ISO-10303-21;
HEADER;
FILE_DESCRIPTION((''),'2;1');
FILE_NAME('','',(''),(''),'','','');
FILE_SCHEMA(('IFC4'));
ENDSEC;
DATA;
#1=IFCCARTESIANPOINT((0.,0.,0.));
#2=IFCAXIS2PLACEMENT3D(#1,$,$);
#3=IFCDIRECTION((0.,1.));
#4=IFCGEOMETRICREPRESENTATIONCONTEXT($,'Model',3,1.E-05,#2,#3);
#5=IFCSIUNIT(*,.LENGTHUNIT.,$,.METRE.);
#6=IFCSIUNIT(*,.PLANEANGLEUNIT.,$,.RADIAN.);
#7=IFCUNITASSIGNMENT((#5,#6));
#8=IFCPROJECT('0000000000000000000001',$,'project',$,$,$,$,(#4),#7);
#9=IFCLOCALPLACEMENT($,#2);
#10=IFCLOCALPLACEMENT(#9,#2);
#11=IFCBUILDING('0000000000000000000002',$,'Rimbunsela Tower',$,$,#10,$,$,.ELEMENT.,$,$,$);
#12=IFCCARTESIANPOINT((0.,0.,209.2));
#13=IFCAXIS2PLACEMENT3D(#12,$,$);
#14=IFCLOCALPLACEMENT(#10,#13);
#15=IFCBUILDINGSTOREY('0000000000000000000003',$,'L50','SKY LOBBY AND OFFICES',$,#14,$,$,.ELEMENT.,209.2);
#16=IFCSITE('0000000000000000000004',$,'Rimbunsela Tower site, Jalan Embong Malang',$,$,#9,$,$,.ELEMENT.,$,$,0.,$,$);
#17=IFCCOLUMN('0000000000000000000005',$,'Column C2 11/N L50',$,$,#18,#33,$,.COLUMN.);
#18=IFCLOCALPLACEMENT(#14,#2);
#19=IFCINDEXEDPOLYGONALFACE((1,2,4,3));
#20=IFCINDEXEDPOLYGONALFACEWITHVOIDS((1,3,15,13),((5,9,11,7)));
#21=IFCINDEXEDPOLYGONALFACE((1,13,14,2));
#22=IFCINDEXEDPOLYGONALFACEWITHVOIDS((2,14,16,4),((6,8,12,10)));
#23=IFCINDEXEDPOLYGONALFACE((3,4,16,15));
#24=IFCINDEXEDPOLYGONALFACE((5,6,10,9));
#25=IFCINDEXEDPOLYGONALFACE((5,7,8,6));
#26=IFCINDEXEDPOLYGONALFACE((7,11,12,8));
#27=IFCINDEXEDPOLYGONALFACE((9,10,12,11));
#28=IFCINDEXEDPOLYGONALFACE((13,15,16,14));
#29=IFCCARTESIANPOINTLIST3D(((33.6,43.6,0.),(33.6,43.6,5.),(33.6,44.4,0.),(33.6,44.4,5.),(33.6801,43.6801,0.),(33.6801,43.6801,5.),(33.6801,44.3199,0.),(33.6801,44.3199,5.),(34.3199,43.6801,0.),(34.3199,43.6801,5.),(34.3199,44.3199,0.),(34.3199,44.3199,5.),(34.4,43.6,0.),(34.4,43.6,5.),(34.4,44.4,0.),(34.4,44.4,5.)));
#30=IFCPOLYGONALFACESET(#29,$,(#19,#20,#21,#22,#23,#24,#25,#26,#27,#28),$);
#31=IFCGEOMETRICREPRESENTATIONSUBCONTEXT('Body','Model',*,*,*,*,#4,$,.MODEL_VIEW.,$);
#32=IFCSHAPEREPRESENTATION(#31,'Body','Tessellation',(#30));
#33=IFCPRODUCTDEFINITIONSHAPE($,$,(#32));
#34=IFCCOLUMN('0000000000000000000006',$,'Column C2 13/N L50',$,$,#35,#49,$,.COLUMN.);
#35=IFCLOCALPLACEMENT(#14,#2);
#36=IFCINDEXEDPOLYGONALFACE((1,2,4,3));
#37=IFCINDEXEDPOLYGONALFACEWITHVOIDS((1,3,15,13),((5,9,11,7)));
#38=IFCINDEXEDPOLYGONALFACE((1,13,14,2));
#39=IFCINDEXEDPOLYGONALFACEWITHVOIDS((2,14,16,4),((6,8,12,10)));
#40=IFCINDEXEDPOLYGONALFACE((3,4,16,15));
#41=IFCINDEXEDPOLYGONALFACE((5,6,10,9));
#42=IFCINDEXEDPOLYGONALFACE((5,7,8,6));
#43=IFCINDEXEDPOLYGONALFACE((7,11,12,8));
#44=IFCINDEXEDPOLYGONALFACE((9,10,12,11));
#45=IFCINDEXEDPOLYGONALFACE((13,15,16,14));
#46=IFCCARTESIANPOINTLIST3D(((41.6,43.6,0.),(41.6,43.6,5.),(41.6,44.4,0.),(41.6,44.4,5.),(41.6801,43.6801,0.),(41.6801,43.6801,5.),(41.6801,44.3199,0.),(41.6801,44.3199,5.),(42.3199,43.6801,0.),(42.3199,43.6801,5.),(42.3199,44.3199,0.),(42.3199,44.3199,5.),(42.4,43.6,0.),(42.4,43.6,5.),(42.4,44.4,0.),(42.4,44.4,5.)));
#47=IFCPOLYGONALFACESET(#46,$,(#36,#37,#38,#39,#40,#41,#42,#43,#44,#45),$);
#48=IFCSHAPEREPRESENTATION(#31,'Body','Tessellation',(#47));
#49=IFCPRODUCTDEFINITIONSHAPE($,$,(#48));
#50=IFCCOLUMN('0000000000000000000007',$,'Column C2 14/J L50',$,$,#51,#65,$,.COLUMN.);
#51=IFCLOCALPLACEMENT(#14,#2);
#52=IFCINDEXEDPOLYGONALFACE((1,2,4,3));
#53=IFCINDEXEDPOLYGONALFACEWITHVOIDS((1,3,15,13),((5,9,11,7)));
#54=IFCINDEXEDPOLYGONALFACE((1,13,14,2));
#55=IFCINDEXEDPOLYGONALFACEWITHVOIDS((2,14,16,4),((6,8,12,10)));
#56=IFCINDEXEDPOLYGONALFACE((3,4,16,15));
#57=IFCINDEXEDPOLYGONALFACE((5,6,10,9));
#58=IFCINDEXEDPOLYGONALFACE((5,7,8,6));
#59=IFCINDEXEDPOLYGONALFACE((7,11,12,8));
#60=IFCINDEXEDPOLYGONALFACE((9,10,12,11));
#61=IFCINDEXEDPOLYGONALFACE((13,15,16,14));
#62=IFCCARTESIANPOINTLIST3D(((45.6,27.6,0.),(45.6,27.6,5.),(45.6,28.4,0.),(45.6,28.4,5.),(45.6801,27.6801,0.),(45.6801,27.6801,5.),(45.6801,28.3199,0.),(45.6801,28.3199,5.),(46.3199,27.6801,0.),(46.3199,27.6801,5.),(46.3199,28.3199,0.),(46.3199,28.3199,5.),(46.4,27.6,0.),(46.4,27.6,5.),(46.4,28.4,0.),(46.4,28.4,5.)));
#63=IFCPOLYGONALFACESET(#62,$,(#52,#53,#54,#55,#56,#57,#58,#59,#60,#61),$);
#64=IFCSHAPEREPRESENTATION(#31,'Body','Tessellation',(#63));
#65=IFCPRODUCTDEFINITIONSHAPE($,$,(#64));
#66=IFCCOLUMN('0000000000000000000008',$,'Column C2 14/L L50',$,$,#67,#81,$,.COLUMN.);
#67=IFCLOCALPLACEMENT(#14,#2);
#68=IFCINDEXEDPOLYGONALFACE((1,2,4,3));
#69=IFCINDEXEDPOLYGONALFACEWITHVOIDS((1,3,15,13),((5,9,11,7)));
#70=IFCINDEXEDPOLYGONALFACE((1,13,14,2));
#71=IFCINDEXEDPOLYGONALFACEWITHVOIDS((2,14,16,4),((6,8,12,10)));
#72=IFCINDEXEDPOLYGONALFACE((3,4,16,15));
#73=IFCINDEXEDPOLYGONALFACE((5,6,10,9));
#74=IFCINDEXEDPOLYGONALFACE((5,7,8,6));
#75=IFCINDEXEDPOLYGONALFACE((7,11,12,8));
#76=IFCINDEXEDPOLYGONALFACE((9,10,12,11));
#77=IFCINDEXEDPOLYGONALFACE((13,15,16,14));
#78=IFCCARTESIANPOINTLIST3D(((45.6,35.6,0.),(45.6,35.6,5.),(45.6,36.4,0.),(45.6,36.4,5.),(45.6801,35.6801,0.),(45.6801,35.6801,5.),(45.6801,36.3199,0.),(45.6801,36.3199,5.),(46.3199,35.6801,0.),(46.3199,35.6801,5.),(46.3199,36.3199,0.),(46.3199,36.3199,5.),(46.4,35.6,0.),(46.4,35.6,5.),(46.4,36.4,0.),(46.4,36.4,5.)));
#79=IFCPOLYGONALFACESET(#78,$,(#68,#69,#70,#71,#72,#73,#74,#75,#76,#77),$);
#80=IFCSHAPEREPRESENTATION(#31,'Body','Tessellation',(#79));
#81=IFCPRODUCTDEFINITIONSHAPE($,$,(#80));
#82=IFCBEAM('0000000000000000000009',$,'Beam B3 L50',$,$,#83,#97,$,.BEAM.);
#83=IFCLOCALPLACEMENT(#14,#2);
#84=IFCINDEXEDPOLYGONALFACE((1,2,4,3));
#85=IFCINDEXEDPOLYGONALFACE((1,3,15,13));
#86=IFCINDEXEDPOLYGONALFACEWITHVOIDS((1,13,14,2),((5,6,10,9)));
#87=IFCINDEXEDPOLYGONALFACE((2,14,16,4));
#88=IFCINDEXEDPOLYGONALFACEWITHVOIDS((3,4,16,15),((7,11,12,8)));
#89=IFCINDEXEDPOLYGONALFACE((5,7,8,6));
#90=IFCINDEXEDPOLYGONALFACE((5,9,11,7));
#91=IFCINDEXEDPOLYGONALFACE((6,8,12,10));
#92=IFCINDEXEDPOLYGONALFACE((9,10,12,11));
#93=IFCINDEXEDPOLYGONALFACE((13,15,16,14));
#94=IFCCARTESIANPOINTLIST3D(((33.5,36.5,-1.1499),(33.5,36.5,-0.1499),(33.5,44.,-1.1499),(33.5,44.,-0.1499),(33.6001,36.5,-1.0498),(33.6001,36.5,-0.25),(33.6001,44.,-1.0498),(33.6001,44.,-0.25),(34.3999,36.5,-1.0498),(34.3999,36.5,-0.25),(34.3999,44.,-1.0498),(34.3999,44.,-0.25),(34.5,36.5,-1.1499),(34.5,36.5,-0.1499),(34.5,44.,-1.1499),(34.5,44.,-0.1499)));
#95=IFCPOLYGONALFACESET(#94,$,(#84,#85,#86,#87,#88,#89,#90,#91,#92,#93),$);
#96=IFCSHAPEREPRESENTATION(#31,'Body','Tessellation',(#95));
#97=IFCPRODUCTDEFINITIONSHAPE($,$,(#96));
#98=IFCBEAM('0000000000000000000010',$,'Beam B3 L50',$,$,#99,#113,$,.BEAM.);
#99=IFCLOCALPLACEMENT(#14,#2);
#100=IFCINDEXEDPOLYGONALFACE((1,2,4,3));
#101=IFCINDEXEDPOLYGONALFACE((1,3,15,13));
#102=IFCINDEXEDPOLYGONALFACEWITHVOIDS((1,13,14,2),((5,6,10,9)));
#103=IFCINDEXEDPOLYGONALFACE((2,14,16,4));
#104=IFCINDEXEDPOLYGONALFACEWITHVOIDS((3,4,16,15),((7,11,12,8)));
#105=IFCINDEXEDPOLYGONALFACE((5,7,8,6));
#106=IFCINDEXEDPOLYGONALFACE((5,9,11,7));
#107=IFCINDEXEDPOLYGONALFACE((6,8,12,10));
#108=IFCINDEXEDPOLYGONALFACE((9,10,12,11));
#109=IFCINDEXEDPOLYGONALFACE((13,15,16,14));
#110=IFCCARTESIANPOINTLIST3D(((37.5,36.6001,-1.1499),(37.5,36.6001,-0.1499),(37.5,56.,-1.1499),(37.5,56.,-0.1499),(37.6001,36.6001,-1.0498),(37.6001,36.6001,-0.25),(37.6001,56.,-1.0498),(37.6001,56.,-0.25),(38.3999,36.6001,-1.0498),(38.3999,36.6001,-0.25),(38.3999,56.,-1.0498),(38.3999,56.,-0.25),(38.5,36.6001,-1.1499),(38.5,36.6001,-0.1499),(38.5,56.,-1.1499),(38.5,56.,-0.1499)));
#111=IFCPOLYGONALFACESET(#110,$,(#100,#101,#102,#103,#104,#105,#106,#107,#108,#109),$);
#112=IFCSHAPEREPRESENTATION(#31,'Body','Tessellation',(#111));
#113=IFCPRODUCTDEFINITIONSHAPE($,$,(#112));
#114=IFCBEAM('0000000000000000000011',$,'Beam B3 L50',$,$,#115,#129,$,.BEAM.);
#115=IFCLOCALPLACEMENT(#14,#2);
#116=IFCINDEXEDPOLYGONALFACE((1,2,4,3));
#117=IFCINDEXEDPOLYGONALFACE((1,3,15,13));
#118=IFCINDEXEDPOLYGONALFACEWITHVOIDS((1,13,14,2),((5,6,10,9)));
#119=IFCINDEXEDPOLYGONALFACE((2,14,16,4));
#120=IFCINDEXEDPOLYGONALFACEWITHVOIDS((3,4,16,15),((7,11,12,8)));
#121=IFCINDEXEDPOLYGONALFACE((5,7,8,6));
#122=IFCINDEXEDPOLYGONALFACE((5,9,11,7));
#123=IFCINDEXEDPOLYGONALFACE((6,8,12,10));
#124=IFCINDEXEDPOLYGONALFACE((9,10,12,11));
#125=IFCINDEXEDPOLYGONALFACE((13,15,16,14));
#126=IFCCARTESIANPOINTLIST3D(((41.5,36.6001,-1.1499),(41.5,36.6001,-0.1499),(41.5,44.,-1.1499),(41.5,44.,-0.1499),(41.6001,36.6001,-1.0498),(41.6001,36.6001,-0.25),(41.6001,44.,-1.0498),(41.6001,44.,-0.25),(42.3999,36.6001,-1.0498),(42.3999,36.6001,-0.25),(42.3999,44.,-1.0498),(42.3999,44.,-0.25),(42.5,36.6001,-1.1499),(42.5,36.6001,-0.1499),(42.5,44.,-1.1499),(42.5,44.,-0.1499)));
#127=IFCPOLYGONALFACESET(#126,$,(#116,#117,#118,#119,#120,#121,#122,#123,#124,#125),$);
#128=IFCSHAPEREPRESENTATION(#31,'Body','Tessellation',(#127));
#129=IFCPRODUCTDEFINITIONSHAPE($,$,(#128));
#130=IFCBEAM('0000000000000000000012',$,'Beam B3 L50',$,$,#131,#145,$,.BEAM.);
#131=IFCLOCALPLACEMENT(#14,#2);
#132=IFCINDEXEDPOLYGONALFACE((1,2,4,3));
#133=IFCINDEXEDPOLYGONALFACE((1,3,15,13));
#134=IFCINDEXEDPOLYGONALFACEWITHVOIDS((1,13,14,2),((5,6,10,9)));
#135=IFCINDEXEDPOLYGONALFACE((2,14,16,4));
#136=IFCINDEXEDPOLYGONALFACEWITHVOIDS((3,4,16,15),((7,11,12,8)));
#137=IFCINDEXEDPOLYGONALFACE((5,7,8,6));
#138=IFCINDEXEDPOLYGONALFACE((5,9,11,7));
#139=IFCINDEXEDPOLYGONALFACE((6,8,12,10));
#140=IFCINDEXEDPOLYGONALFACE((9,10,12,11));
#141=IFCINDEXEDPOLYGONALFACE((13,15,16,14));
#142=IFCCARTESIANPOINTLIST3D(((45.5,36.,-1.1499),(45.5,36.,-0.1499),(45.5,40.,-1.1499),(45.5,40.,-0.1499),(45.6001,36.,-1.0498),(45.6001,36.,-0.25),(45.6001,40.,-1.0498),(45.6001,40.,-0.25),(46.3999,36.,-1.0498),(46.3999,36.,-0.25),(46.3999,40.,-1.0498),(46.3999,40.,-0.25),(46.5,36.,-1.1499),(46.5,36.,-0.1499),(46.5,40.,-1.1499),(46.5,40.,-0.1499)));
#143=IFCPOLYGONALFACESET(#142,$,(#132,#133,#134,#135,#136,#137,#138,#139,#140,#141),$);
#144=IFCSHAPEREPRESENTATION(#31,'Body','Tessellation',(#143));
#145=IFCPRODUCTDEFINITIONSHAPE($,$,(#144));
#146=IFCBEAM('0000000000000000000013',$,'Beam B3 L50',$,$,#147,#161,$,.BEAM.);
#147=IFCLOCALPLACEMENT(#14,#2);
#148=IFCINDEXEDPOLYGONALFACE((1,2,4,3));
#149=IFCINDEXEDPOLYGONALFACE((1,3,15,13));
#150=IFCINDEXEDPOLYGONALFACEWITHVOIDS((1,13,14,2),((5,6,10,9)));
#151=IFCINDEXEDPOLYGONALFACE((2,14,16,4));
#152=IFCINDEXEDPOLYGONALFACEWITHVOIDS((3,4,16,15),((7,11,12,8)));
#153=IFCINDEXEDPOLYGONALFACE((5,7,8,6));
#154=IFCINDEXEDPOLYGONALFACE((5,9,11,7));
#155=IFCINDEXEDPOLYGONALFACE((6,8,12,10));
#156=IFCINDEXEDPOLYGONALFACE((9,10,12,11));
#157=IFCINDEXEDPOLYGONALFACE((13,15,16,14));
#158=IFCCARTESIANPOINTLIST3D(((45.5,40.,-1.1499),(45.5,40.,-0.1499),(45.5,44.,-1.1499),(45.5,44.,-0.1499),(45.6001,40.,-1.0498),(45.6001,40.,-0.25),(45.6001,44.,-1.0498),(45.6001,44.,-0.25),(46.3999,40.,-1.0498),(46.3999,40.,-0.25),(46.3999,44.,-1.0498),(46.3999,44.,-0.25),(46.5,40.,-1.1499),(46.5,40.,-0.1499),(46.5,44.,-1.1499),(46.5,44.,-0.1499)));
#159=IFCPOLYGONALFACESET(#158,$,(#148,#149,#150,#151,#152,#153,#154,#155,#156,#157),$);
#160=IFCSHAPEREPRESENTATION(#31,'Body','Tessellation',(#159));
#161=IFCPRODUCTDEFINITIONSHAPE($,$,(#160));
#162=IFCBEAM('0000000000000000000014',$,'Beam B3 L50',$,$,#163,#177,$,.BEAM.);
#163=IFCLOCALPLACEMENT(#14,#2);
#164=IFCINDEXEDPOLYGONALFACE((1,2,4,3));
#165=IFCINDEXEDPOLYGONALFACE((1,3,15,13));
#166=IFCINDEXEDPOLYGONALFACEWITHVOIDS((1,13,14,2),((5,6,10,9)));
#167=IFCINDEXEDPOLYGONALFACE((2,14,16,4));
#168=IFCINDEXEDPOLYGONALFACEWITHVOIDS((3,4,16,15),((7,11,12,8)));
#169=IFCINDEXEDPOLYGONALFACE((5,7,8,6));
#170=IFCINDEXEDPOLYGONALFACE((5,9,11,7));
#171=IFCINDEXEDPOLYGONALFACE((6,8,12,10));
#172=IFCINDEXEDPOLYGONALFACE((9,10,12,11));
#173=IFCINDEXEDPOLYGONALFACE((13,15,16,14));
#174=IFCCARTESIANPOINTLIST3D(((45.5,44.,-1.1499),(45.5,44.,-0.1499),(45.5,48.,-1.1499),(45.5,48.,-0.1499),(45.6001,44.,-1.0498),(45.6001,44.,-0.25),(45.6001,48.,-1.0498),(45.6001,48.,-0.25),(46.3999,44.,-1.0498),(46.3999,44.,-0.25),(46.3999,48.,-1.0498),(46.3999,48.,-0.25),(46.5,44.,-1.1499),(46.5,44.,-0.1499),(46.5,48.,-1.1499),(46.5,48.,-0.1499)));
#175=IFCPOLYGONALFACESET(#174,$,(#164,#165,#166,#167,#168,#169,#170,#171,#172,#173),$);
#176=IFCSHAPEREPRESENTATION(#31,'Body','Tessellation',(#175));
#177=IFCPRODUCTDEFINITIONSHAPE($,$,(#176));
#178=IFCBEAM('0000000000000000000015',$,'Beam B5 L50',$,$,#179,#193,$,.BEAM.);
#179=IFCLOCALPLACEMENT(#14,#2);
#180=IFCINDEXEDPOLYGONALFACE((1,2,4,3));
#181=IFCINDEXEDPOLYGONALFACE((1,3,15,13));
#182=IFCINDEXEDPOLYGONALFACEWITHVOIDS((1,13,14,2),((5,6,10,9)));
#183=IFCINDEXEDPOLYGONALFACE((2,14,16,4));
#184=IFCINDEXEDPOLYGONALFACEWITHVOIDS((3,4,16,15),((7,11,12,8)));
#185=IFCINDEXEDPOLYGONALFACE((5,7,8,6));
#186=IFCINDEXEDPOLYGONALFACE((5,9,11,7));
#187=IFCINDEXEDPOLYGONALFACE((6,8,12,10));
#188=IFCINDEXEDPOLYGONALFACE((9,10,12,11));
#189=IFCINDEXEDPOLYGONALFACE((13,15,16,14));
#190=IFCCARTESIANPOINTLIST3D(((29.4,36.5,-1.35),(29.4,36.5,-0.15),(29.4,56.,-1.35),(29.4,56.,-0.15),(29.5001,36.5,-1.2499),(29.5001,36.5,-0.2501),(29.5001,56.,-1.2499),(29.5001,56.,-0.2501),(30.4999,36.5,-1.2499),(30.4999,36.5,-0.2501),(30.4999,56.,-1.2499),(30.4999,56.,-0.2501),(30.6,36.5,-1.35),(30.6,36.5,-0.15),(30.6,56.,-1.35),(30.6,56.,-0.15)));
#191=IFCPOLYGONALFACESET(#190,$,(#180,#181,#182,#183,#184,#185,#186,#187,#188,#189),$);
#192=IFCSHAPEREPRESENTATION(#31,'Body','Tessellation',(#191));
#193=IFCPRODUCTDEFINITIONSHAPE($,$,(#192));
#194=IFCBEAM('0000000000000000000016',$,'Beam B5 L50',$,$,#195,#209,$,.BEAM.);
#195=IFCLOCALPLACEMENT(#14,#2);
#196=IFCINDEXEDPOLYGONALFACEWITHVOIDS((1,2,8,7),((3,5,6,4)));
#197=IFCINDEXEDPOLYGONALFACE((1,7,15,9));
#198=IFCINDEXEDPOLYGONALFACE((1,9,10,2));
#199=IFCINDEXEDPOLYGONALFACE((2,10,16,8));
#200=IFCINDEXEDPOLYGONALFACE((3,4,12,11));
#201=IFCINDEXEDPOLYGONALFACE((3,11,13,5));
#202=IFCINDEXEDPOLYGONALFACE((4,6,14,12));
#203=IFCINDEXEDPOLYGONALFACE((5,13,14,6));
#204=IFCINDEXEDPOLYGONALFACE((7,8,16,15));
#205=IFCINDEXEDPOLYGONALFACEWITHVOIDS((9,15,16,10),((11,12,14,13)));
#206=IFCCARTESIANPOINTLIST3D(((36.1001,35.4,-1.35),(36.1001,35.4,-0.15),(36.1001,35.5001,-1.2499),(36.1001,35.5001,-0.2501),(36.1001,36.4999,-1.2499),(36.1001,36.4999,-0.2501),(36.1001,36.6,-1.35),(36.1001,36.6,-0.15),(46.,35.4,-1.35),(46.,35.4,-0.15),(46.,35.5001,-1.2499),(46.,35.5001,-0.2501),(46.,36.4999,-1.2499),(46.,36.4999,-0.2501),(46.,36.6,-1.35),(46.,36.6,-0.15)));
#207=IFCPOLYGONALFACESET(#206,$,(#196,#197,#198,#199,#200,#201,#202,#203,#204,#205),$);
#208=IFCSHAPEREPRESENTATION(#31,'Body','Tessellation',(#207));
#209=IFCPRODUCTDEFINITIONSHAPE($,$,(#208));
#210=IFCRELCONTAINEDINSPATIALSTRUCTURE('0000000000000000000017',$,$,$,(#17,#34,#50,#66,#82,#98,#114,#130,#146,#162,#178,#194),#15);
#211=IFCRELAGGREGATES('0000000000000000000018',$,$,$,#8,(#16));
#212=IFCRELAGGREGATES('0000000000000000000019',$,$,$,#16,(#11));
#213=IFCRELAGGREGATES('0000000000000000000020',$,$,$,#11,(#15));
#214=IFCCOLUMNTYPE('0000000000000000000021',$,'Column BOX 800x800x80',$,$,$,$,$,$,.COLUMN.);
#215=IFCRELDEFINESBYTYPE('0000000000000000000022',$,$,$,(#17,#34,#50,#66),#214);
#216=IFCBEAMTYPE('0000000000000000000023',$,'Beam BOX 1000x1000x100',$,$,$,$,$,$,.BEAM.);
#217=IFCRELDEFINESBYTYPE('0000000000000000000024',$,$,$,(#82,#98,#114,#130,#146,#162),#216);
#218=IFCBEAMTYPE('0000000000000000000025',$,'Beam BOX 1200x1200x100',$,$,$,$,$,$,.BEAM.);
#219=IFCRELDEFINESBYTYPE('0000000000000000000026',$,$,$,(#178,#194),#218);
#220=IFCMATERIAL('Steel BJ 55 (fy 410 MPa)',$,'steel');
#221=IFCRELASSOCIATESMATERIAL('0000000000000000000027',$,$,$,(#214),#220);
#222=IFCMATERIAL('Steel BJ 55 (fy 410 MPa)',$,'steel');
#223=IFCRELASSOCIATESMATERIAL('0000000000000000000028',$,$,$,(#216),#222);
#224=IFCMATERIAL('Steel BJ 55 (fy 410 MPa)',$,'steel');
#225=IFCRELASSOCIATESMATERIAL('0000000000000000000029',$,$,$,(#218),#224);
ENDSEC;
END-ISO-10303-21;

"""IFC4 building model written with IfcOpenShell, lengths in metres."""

from ifc_helpers import new_model, si_unit, direction, frame, origin, origin_2d, place, context, subcontext, project, spatial, hollow_rectangle, extrude, material, material_profile, profile_set, type_object, element, save


model = new_model("IFC4")

# Units and contexts
model_context = context("Model", 3, precision=1e-05, world=origin(), true_north=direction((0.0, 1.0)))
body_context = subcontext(model_context, "Body", "Model", "MODEL_VIEW")
ifc_project = project(units=[si_unit("LENGTHUNIT", "METRE"), si_unit("PLANEANGLEUNIT", "RADIAN")], contexts=[model_context])

# Site, building, storey
site_placement = place(None, origin())
site = spatial("IfcSite", under=ifc_project, at=site_placement, Name="Rimbunsela Tower site, Jalan Embong Malang", CompositionType="ELEMENT", RefElevation=0.0)
building_placement = place(site_placement, origin())
building = spatial("IfcBuilding", under=site, at=building_placement, Name="Rimbunsela Tower", CompositionType="ELEMENT")
storey_placement = place(building_placement, frame((0.0, 0.0, 209.2)))
storey = spatial("IfcBuildingStorey", under=building, at=storey_placement, Name="L50", Description="SKY LOBBY AND OFFICES", CompositionType="ELEMENT", Elevation=209.2)

# Columns
ifc_material_1 = material(Name="Steel BJ 55 (fy 410 MPa)", Category="steel")
ifc_material_profile_1 = material_profile(ifc_material_1, hollow_rectangle(XDim=0.8, YDim=0.8, WallThickness=0.0801, at=origin_2d()), Name="BOX 800x800x80")
ifc_profile_set_1 = profile_set([ifc_material_profile_1], Name="Steel BJ 55 (fy 410 MPa)")
column_type = type_object("IfcColumnType", Name="Column BOX 800x800x80", PredefinedType="COLUMN", material=ifc_profile_set_1)
for number, where, z_axis, x_axis, name in (
    (1, (34.0, 44.0, 0.0), (0.0, 0.0, 1.0), (1.0, 0.0, 0.0), "Column C2 11/N L50"),
    (2, (42.0, 44.0, 0.0), (0.0, 0.0, 1.0), (1.0, 0.0, 0.0), "Column C2 13/N L50"),
    (3, (46.0, 28.0, 0.0), (0.0, 0.0, 1.0), (1.0, 0.0, 0.0), "Column C2 14/J L50"),
    (4, (46.0, 36.0, 0.0), (0.0, 0.0, 1.0), (1.0, 0.0, 0.0), "Column C2 14/L L50"),
):
    element("IfcColumn", number, at=place(storey_placement, frame(where, z_axis=z_axis, x_axis=x_axis)), inside=storey, type_object=column_type, Name=name, PredefinedType="COLUMN", context=body_context, shape_type="SweptSolid", body=[
        extrude(hollow_rectangle(XDim=0.8, YDim=0.8, WallThickness=0.0801, at=origin_2d()), origin(), (0.0, 0.0, 1.0), 5.0),
    ])

# Beams
ifc_material_2 = material(Name="Steel BJ 55 (fy 410 MPa)", Category="steel")
ifc_material_profile_2 = material_profile(ifc_material_2, hollow_rectangle(XDim=1.0, YDim=1.0, WallThickness=0.1001, at=origin_2d()), Name="BOX 1000x1000x100")
ifc_profile_set_2 = profile_set([ifc_material_profile_2], Name="Steel BJ 55 (fy 410 MPa)")
beam_type_1 = type_object("IfcBeamType", Name="Beam BOX 1000x1000x100", PredefinedType="BEAM", material=ifc_profile_set_2)
beam_1_placement = place(storey_placement, frame((34.0, 36.5, -0.6499), z_axis=(0.0, 1.0, 0.0), x_axis=(-1.0, 0.0, 0.0)))
element("IfcBeam", 5, at=beam_1_placement, inside=storey, type_object=beam_type_1, Name="Beam B3 L50", PredefinedType="BEAM", context=body_context, shape_type="SweptSolid", body=[
    extrude(hollow_rectangle(XDim=1.0, YDim=1.0, WallThickness=0.1001, at=origin_2d()), origin(), (0.0, 0.0, 1.0), 7.5),
])
beam_2_placement = place(storey_placement, frame((38.0, 36.6001, -0.6499), z_axis=(0.0, 1.0, 0.0), x_axis=(-1.0, 0.0, 0.0)))
element("IfcBeam", 6, at=beam_2_placement, inside=storey, type_object=beam_type_1, Name="Beam B3 L50", PredefinedType="BEAM", context=body_context, shape_type="SweptSolid", body=[
    extrude(hollow_rectangle(XDim=1.0, YDim=1.0, WallThickness=0.1001, at=origin_2d()), origin(), (0.0, 0.0, 1.0), 19.3999),
])
beam_3_placement = place(storey_placement, frame((42.0, 36.6001, -0.6499), z_axis=(0.0, 1.0, 0.0), x_axis=(-1.0, 0.0, 0.0)))
element("IfcBeam", 7, at=beam_3_placement, inside=storey, type_object=beam_type_1, Name="Beam B3 L50", PredefinedType="BEAM", context=body_context, shape_type="SweptSolid", body=[
    extrude(hollow_rectangle(XDim=1.0, YDim=1.0, WallThickness=0.1001, at=origin_2d()), origin(), (0.0, 0.0, 1.0), 7.3999),
])
for number, where, z_axis, x_axis, name in (
    (8, (46.0, 36.0, -0.6499), (0.0, 1.0, 0.0), (-1.0, 0.0, 0.0), "Beam B3 L50"),
    (9, (46.0, 40.0, -0.6499), (0.0, 1.0, 0.0), (-1.0, 0.0, 0.0), "Beam B3 L50"),
    (10, (46.0, 44.0, -0.6499), (0.0, 1.0, 0.0), (-1.0, 0.0, 0.0), "Beam B3 L50"),
):
    element("IfcBeam", number, at=place(storey_placement, frame(where, z_axis=z_axis, x_axis=x_axis)), inside=storey, type_object=beam_type_1, Name=name, PredefinedType="BEAM", context=body_context, shape_type="SweptSolid", body=[
        extrude(hollow_rectangle(XDim=1.0, YDim=1.0, WallThickness=0.1001, at=origin_2d()), origin(), (0.0, 0.0, 1.0), 4.0),
    ])
ifc_material_3 = material(Name="Steel BJ 55 (fy 410 MPa)", Category="steel")
ifc_material_profile_3 = material_profile(ifc_material_3, hollow_rectangle(XDim=1.2, YDim=1.2, WallThickness=0.1001, at=origin_2d()), Name="BOX 1200x1200x100")
ifc_profile_set_3 = profile_set([ifc_material_profile_3], Name="Steel BJ 55 (fy 410 MPa)")
beam_type_2 = type_object("IfcBeamType", Name="Beam BOX 1200x1200x100", PredefinedType="BEAM", material=ifc_profile_set_3)
beam_4_placement = place(storey_placement, frame((30.0, 36.5, -0.75), z_axis=(0.0, 1.0, 0.0), x_axis=(-1.0, 0.0, 0.0)))
element("IfcBeam", 11, at=beam_4_placement, inside=storey, type_object=beam_type_2, Name="Beam B5 L50", PredefinedType="BEAM", context=body_context, shape_type="SweptSolid", body=[
    extrude(hollow_rectangle(XDim=1.2, YDim=1.2, WallThickness=0.1001, at=origin_2d()), origin(), (0.0, 0.0, 1.0), 19.5),
])
beam_5_placement = place(storey_placement, frame((36.1001, 36.0, -0.75), z_axis=(1.0, 0.0, 0.0), x_axis=(0.0, 1.0, 0.0)))
element("IfcBeam", 12, at=beam_5_placement, inside=storey, type_object=beam_type_2, Name="Beam B5 L50", PredefinedType="BEAM", context=body_context, shape_type="SweptSolid", body=[
    extrude(hollow_rectangle(XDim=1.2, YDim=1.2, WallThickness=0.1001, at=origin_2d()), origin(), (0.0, 0.0, 1.0), 9.8999),
])

save(model, "model.ifc")
